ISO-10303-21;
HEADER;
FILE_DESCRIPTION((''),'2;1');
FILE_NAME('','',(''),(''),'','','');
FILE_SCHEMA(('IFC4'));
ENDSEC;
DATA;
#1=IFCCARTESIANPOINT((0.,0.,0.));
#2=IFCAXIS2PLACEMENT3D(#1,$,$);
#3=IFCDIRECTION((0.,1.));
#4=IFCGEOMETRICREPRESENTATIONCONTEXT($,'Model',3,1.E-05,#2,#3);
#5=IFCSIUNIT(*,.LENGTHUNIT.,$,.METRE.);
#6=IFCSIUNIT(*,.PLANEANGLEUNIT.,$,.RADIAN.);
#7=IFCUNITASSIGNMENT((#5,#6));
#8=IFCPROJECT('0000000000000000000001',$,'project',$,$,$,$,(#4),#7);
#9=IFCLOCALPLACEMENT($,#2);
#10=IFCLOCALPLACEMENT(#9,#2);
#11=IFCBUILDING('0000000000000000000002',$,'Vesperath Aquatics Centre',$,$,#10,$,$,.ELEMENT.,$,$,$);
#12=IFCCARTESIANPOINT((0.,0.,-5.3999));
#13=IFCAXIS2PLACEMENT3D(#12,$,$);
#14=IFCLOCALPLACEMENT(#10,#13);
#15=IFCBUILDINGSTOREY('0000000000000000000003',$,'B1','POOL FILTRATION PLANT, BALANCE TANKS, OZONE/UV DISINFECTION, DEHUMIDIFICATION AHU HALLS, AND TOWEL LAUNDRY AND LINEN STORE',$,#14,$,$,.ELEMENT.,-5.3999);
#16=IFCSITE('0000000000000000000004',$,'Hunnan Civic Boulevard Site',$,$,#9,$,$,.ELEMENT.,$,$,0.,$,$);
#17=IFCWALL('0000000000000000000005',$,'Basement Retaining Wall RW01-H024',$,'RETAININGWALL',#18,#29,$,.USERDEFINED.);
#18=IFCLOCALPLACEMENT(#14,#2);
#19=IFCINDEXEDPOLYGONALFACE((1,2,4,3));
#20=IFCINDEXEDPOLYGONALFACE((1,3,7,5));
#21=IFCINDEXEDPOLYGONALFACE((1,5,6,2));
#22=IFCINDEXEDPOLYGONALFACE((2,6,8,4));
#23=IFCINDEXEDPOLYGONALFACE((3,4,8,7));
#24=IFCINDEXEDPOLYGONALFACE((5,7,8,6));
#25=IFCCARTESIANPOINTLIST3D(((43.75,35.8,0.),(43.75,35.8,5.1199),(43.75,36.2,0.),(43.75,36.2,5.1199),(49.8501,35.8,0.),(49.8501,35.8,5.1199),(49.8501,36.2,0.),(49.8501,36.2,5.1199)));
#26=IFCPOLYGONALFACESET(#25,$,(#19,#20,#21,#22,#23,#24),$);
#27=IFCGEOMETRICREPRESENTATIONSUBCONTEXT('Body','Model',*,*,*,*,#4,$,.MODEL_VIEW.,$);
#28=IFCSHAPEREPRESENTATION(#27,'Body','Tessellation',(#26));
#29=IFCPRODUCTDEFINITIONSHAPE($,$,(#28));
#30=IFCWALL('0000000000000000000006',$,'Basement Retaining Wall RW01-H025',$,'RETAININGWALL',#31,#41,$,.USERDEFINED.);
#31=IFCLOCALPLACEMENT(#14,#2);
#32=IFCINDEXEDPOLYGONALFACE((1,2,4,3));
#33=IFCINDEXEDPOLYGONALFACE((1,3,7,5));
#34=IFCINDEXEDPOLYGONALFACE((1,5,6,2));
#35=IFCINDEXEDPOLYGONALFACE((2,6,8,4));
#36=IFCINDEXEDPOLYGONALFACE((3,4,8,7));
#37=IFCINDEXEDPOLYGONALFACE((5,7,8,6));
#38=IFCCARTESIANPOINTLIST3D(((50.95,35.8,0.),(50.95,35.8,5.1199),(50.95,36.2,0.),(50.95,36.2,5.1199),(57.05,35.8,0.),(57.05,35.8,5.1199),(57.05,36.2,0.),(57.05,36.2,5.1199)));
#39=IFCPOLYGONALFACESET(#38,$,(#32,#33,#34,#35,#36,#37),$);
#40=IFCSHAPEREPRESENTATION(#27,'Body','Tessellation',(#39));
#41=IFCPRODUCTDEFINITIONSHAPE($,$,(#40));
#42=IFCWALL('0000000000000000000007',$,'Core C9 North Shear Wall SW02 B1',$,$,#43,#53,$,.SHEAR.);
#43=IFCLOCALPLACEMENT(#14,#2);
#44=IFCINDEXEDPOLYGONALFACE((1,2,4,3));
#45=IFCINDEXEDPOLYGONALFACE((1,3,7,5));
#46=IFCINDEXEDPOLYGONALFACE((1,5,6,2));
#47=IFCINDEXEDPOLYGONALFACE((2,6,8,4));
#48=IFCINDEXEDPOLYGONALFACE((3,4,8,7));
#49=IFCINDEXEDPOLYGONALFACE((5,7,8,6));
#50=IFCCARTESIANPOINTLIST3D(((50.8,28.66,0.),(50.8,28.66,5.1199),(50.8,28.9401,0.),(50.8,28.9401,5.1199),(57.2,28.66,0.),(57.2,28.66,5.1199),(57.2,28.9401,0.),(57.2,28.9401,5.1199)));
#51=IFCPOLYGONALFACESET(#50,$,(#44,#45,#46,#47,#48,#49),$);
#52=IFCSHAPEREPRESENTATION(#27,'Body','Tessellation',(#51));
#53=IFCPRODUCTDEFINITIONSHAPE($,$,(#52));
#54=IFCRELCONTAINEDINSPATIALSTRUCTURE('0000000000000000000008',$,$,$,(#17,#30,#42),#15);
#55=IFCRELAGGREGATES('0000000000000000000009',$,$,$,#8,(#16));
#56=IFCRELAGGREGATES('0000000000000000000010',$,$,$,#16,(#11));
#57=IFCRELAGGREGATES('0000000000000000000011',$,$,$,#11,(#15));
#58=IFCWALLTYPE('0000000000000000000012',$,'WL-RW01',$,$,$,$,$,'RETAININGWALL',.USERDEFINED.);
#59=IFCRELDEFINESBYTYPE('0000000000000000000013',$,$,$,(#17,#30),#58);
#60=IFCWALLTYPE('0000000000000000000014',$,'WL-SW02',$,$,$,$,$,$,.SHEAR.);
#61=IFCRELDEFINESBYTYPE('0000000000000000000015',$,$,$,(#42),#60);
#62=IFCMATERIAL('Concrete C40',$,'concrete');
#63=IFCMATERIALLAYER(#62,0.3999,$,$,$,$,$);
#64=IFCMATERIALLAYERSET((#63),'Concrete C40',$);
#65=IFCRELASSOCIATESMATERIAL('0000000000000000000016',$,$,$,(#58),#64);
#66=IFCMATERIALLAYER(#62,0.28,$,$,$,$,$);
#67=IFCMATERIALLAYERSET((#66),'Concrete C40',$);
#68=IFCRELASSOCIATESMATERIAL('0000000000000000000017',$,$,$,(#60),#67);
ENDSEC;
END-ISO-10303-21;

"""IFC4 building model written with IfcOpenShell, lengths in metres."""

from ifc_helpers import new_model, si_unit, direction, frame, frame_2d, origin, place, context, subcontext, project, spatial, rectangle, extrude, material, layer, layer_set, type_object, element, save


model = new_model("IFC4")

# Units and contexts
model_context = context("Model", 3, precision=1e-05, world=origin(), true_north=direction((0.0, 1.0)))
body_context = subcontext(model_context, "Body", "Model", "MODEL_VIEW")
ifc_project = project(units=[si_unit("LENGTHUNIT", "METRE"), si_unit("PLANEANGLEUNIT", "RADIAN")], contexts=[model_context])

# Site, building, storey
site_placement = place(None, origin())
site = spatial("IfcSite", under=ifc_project, at=site_placement, Name="Hunnan Civic Boulevard Site", CompositionType="ELEMENT", RefElevation=0.0)
building_placement = place(site_placement, origin())
building = spatial("IfcBuilding", under=site, at=building_placement, Name="Vesperath Aquatics Centre", CompositionType="ELEMENT")
storey_placement = place(building_placement, frame((0.0, 0.0, -5.3999)))
storey = spatial("IfcBuildingStorey", under=building, at=storey_placement, Name="B1", Description="POOL FILTRATION PLANT, BALANCE TANKS, OZONE/UV DISINFECTION, DEHUMIDIFICATION AHU HALLS, AND TOWEL LAUNDRY AND LINEN STORE", CompositionType="ELEMENT", Elevation=-5.3999)

# Shared definitions
ifc_material_1 = material(Name="Concrete C40", Category="concrete")

# Walls
ifc_layer_1 = layer(ifc_material_1, 0.3999)
ifc_layer_set_1 = layer_set([ifc_layer_1], Name="Concrete C40")
wall_type_1 = type_object("IfcWallType", Name="WL-RW01", ElementType="RETAININGWALL", PredefinedType="USERDEFINED", material=ifc_layer_set_1)
for number, where, z_axis, x_axis, name in (
    (1, (43.75, 36.0, 0.0), (0.0, 0.0, 1.0), (1.0, 0.0, 0.0), "Basement Retaining Wall RW01-H024"),
    (2, (50.95, 36.0, 0.0), (0.0, 0.0, 1.0), (1.0, 0.0, 0.0), "Basement Retaining Wall RW01-H025"),
):
    element("IfcWall", number, at=place(storey_placement, frame(where, z_axis=z_axis, x_axis=x_axis)), inside=storey, type_object=wall_type_1, Name=name, ObjectType="RETAININGWALL", PredefinedType="USERDEFINED", context=body_context, shape_type="SweptSolid", body=[
        extrude(rectangle(XDim=6.1001, YDim=0.3999, at=frame_2d((3.05, 0.0))), origin(), (0.0, 0.0, 1.0), 5.1199),
    ])
ifc_layer_2 = layer(ifc_material_1, 0.28)
ifc_layer_set_2 = layer_set([ifc_layer_2], Name="Concrete C40")
wall_type_2 = type_object("IfcWallType", Name="WL-SW02", PredefinedType="SHEAR", material=ifc_layer_set_2)
wall_1_placement = place(storey_placement, frame((50.8, 28.8, 0.0), z_axis=(0.0, 0.0, 1.0), x_axis=(1.0, 0.0, 0.0)))
element("IfcWall", 3, at=wall_1_placement, inside=storey, type_object=wall_type_2, Name="Core C9 North Shear Wall SW02 B1", PredefinedType="SHEAR", context=body_context, shape_type="SweptSolid", body=[
    extrude(rectangle(XDim=6.3999, YDim=0.28, at=frame_2d((3.2, 0.0))), origin(), (0.0, 0.0, 1.0), 5.1199),
])

save(model, "model.ifc")
